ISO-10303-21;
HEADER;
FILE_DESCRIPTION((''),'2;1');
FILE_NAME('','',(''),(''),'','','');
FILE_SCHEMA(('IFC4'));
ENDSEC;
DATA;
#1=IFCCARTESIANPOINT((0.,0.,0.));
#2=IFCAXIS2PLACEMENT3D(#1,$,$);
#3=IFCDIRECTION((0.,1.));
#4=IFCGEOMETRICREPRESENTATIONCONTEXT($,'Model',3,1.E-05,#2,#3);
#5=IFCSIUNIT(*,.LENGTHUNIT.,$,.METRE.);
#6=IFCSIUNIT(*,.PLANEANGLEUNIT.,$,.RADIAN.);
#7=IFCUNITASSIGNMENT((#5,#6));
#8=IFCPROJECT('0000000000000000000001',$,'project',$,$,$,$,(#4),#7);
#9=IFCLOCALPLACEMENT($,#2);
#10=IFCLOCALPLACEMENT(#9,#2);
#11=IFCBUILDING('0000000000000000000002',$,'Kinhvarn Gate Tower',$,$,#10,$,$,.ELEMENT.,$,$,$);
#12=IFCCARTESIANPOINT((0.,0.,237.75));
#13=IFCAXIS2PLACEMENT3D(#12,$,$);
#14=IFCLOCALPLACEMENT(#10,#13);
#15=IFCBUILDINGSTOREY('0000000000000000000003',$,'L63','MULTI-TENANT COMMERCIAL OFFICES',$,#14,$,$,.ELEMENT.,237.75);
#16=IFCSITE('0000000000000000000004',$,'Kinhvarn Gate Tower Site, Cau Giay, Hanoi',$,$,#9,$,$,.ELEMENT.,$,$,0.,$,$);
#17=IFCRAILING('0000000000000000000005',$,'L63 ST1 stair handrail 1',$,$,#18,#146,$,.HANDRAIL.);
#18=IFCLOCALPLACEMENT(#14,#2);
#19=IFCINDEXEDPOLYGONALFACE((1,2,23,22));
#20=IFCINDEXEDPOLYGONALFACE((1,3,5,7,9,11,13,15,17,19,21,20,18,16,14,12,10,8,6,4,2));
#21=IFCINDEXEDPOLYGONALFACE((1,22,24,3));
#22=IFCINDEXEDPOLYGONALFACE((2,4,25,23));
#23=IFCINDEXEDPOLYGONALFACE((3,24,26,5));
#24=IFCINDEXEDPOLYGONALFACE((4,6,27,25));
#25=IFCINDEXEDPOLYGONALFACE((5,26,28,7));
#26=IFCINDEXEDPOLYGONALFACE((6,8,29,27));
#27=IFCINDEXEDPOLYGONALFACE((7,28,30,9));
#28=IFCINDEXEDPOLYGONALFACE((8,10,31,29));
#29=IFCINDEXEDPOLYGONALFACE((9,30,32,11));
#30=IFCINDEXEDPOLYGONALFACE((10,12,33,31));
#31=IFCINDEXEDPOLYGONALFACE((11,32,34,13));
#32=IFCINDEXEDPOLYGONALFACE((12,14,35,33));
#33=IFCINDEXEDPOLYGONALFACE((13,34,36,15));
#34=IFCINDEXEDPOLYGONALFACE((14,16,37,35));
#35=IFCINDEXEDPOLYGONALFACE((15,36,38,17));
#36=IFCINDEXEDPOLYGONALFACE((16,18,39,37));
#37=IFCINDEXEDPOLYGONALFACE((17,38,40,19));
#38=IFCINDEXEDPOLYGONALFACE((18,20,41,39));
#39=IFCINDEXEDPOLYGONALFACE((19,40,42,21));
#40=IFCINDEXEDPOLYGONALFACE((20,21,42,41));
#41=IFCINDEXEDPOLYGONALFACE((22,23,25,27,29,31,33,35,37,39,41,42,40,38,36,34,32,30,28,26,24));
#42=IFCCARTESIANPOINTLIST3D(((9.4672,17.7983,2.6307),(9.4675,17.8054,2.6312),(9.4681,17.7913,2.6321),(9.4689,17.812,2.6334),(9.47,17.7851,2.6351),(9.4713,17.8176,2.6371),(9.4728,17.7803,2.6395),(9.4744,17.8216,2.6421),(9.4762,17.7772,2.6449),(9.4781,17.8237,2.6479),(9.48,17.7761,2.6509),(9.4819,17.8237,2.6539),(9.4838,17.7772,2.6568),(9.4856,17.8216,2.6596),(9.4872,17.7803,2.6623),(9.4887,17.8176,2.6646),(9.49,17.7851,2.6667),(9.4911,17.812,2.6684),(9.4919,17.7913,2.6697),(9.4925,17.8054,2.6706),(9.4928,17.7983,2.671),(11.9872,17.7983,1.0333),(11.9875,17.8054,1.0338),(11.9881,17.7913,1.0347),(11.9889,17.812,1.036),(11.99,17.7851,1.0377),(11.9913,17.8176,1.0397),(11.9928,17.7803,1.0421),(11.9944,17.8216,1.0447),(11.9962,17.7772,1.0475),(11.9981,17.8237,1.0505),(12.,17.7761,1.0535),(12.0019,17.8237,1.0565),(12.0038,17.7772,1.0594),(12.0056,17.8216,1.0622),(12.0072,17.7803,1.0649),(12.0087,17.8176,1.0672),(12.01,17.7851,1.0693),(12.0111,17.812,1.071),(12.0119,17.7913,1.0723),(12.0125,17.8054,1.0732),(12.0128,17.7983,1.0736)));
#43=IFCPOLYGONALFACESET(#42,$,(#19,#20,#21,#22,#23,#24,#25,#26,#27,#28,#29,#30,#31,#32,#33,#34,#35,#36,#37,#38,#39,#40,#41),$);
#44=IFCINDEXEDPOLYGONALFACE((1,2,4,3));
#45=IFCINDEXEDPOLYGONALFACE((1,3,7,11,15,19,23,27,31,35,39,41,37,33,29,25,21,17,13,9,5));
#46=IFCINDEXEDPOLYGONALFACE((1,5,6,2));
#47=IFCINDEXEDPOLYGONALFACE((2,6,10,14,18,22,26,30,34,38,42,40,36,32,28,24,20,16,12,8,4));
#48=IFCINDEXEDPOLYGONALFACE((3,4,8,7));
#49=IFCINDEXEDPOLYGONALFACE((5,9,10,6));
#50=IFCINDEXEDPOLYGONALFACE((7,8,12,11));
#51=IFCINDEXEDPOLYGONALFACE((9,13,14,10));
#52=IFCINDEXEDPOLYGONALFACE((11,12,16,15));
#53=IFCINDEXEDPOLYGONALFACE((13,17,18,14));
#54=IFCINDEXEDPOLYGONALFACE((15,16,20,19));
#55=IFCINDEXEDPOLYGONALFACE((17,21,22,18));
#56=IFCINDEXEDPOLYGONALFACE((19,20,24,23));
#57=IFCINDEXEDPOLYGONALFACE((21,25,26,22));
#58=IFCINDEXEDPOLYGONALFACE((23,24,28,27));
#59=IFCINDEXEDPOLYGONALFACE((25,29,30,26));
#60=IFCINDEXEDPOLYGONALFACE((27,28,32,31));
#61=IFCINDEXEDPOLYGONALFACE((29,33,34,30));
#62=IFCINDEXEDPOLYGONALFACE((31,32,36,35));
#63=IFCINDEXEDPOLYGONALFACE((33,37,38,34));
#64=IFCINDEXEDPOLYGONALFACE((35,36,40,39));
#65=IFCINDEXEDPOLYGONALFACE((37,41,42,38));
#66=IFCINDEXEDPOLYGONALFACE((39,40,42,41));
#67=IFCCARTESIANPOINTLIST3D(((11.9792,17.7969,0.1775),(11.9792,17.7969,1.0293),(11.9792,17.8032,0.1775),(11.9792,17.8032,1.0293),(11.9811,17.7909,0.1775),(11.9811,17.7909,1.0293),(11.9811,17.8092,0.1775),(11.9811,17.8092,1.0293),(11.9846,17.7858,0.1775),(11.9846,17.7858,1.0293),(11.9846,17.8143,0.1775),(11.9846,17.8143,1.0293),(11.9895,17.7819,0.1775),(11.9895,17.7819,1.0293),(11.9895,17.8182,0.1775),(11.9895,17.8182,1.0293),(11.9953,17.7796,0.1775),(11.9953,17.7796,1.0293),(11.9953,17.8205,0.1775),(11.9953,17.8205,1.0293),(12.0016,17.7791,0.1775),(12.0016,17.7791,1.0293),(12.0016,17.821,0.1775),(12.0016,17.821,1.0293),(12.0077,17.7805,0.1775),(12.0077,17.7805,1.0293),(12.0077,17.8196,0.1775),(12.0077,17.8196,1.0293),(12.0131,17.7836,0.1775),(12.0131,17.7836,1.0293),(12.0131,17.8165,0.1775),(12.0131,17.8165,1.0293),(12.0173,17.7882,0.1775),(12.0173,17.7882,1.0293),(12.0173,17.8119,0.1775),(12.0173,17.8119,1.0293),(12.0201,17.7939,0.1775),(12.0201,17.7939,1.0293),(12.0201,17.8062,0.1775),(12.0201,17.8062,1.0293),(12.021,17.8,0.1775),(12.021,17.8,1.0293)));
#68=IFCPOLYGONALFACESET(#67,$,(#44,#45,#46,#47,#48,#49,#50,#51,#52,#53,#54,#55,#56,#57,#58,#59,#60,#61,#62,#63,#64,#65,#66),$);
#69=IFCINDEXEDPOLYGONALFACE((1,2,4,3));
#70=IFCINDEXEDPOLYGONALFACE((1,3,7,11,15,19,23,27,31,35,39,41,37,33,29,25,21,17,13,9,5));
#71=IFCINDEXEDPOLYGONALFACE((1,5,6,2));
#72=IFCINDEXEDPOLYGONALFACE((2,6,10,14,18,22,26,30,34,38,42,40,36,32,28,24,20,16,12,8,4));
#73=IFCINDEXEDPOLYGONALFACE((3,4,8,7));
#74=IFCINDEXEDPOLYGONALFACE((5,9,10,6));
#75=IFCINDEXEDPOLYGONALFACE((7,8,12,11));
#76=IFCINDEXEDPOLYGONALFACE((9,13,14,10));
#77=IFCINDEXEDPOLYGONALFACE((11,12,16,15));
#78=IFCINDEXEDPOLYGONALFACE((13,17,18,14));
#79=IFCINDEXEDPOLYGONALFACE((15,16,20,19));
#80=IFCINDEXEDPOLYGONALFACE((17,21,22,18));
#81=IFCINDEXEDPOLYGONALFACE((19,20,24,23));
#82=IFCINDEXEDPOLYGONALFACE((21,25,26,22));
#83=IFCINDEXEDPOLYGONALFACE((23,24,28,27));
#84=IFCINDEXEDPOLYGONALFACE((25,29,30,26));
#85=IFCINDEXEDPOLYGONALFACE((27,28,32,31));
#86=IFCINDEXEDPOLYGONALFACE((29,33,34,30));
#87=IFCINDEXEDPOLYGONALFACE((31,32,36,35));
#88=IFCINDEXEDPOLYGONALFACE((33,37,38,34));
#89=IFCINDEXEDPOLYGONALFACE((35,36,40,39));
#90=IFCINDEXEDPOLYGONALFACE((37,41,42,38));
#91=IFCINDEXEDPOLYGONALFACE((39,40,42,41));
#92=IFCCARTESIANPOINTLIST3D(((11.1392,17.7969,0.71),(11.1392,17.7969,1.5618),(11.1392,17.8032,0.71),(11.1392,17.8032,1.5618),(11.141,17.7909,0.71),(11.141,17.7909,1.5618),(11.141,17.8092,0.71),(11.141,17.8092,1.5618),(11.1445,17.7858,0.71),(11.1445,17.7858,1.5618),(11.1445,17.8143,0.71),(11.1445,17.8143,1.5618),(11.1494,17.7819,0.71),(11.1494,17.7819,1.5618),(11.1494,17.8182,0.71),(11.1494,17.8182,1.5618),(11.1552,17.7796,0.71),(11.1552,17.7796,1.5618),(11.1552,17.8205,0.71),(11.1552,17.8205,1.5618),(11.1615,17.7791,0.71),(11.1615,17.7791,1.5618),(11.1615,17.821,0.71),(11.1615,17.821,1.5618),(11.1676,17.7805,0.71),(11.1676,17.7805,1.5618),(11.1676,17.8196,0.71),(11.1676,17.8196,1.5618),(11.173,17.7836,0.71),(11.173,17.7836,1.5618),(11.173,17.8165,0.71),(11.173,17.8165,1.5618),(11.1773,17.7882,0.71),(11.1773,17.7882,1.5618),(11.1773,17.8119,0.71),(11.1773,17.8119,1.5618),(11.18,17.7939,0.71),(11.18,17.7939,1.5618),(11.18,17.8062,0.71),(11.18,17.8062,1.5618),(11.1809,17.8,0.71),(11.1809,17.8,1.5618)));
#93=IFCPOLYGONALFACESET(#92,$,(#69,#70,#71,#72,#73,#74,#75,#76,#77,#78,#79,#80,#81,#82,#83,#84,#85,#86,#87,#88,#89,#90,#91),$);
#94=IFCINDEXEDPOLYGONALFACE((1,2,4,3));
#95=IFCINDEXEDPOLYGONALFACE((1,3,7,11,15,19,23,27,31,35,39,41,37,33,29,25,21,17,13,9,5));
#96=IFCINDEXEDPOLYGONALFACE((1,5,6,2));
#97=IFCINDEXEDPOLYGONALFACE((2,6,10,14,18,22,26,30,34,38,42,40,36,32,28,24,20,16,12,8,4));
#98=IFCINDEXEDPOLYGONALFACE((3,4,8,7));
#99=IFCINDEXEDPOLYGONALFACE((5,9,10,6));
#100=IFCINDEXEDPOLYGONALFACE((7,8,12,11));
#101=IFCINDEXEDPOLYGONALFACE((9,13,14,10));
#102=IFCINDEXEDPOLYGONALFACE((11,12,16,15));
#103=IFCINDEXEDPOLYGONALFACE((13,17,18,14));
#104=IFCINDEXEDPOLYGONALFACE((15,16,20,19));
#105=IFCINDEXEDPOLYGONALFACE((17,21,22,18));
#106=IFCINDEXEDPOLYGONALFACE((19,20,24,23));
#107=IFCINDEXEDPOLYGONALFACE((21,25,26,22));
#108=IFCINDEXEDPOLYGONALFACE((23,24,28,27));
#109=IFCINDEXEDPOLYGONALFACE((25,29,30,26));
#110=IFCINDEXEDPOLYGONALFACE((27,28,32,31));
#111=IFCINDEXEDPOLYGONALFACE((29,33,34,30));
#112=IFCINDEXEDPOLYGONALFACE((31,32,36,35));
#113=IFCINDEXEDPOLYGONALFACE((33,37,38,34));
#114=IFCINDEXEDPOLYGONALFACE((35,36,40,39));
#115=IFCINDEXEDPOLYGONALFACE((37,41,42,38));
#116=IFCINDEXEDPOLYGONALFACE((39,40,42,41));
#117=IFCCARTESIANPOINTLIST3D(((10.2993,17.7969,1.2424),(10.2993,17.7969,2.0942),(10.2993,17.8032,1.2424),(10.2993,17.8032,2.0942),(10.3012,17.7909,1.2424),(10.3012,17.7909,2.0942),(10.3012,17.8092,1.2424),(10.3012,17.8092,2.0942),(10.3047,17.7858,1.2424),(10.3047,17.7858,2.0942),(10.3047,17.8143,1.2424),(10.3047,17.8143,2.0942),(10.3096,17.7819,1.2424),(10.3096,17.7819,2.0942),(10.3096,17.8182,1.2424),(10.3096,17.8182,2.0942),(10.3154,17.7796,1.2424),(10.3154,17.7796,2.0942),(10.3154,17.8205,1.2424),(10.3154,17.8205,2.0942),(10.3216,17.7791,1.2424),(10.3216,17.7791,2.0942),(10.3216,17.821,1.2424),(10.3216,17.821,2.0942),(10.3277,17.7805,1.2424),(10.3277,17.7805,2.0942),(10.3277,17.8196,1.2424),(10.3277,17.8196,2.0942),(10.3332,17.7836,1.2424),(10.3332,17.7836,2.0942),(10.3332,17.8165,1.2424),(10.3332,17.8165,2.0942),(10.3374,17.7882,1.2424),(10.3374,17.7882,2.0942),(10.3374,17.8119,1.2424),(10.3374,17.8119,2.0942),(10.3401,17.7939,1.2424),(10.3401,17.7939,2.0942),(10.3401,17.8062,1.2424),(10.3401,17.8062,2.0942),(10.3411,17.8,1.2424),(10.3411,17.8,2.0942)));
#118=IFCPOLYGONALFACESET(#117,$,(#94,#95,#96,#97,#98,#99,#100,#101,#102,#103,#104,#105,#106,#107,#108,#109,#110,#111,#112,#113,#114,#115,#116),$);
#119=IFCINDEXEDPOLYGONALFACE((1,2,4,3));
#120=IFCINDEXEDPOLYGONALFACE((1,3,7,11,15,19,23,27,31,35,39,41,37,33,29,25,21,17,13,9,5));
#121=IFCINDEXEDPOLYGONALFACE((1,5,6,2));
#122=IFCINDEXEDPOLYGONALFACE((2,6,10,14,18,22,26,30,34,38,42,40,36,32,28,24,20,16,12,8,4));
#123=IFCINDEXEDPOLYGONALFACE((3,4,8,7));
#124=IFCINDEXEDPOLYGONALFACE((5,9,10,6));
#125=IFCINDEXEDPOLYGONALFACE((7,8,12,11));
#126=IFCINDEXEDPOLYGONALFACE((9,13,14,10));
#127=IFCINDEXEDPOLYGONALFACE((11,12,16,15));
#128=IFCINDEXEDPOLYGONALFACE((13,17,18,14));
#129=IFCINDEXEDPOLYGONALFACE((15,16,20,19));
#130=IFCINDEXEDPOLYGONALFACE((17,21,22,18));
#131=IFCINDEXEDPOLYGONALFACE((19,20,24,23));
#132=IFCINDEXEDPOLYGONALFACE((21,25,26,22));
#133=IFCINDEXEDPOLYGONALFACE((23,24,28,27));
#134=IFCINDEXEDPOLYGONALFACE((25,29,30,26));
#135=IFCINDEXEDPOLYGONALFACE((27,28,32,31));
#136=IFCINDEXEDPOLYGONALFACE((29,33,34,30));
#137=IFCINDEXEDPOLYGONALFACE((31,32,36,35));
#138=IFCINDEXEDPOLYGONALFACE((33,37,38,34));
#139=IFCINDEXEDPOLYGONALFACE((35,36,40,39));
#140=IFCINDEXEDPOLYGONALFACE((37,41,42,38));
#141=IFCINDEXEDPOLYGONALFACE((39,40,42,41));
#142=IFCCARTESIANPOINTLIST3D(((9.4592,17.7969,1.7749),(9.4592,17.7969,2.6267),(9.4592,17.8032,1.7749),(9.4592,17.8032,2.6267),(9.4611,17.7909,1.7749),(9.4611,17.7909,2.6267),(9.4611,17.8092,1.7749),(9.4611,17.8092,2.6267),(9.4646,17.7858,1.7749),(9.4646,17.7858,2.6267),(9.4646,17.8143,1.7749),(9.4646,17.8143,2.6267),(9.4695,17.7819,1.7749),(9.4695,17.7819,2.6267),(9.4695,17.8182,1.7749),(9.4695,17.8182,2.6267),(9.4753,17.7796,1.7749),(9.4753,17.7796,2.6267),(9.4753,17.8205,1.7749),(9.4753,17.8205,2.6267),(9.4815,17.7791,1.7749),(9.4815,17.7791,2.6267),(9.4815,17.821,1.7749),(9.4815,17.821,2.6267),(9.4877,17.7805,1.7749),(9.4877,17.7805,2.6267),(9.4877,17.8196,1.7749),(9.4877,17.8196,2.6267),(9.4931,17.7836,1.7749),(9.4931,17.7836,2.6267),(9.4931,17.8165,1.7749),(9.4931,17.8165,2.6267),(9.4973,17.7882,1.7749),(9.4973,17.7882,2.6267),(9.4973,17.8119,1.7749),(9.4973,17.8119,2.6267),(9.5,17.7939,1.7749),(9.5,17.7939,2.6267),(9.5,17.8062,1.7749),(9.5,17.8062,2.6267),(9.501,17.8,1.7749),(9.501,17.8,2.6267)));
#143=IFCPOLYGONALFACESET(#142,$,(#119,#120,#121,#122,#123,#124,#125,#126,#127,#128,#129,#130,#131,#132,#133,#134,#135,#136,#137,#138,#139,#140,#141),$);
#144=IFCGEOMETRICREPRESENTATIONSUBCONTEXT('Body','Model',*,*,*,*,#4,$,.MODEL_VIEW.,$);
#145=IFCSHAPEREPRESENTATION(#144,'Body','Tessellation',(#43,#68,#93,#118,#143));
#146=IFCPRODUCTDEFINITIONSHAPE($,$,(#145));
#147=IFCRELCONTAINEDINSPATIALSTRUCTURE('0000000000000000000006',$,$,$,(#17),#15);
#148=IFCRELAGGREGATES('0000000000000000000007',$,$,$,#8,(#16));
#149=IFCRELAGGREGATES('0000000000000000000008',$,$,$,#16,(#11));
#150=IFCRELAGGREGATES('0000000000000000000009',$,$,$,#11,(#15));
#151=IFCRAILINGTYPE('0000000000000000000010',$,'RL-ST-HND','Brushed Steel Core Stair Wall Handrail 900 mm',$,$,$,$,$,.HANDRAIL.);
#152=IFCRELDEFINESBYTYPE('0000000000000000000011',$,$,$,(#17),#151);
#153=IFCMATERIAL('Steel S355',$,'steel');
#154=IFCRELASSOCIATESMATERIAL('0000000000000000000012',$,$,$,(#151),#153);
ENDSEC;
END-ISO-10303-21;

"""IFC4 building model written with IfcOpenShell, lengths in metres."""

from ifc_helpers import new_model, si_unit, direction, frame, origin, origin_2d, place, context, subcontext, project, spatial, circle, extrude, material, type_object, element, save


model = new_model("IFC4")

# Units and contexts
model_context = context("Model", 3, precision=1e-05, world=origin(), true_north=direction((0.0, 1.0)))
body_context = subcontext(model_context, "Body", "Model", "MODEL_VIEW")
ifc_project = project(units=[si_unit("LENGTHUNIT", "METRE"), si_unit("PLANEANGLEUNIT", "RADIAN")], contexts=[model_context])

# Site, building, storey
site_placement = place(None, origin())
site = spatial("IfcSite", under=ifc_project, at=site_placement, Name="Kinhvarn Gate Tower Site, Cau Giay, Hanoi", CompositionType="ELEMENT", RefElevation=0.0)
building_placement = place(site_placement, origin())
building = spatial("IfcBuilding", under=site, at=building_placement, Name="Kinhvarn Gate Tower", CompositionType="ELEMENT")
storey_placement = place(building_placement, frame((0.0, 0.0, 237.75)))
storey = spatial("IfcBuildingStorey", under=building, at=storey_placement, Name="L63", Description="MULTI-TENANT COMMERCIAL OFFICES", CompositionType="ELEMENT", Elevation=237.75)

# Shared definitions
ifc_material_1 = material(Name="Steel S355", Category="steel")

# Railing
railing_type_1 = type_object("IfcRailingType", Name="RL-ST-HND", Description="Brushed Steel Core Stair Wall Handrail 900 mm", PredefinedType="HANDRAIL", material=ifc_material_1)
railing_1_placement = place(storey_placement, frame((12.0, 17.8, 0.1775)))
element("IfcRailing", 1, at=railing_1_placement, inside=storey, type_object=railing_type_1, Name="L63 ST1 stair handrail 1", PredefinedType="HANDRAIL", context=body_context, shape_type="SweptSolid", body=[
    extrude(circle(Radius=0.0239, at=origin_2d()), frame((0.0, 0.0, 0.876), z_axis=(-0.844607, 0.0, 0.535387), x_axis=(0.0, -1.0, 0.0)), (0.0, 0.0, 1.0), 2.9836),
    extrude(circle(Radius=0.021, at=origin_2d()), origin(), (0.0, 0.0, 1.0), 0.8518),
    extrude(circle(Radius=0.021, at=origin_2d()), frame((-0.8401, 0.0, 0.5325)), (0.0, 0.0, 1.0), 0.8518),
    extrude(circle(Radius=0.021, at=origin_2d()), frame((-1.6799, 0.0, 1.0649)), (0.0, 0.0, 1.0), 0.8518),
    extrude(circle(Radius=0.021, at=origin_2d()), frame((-2.52, 0.0, 1.5974)), (0.0, 0.0, 1.0), 0.8518),
])

save(model, "model.ifc")
